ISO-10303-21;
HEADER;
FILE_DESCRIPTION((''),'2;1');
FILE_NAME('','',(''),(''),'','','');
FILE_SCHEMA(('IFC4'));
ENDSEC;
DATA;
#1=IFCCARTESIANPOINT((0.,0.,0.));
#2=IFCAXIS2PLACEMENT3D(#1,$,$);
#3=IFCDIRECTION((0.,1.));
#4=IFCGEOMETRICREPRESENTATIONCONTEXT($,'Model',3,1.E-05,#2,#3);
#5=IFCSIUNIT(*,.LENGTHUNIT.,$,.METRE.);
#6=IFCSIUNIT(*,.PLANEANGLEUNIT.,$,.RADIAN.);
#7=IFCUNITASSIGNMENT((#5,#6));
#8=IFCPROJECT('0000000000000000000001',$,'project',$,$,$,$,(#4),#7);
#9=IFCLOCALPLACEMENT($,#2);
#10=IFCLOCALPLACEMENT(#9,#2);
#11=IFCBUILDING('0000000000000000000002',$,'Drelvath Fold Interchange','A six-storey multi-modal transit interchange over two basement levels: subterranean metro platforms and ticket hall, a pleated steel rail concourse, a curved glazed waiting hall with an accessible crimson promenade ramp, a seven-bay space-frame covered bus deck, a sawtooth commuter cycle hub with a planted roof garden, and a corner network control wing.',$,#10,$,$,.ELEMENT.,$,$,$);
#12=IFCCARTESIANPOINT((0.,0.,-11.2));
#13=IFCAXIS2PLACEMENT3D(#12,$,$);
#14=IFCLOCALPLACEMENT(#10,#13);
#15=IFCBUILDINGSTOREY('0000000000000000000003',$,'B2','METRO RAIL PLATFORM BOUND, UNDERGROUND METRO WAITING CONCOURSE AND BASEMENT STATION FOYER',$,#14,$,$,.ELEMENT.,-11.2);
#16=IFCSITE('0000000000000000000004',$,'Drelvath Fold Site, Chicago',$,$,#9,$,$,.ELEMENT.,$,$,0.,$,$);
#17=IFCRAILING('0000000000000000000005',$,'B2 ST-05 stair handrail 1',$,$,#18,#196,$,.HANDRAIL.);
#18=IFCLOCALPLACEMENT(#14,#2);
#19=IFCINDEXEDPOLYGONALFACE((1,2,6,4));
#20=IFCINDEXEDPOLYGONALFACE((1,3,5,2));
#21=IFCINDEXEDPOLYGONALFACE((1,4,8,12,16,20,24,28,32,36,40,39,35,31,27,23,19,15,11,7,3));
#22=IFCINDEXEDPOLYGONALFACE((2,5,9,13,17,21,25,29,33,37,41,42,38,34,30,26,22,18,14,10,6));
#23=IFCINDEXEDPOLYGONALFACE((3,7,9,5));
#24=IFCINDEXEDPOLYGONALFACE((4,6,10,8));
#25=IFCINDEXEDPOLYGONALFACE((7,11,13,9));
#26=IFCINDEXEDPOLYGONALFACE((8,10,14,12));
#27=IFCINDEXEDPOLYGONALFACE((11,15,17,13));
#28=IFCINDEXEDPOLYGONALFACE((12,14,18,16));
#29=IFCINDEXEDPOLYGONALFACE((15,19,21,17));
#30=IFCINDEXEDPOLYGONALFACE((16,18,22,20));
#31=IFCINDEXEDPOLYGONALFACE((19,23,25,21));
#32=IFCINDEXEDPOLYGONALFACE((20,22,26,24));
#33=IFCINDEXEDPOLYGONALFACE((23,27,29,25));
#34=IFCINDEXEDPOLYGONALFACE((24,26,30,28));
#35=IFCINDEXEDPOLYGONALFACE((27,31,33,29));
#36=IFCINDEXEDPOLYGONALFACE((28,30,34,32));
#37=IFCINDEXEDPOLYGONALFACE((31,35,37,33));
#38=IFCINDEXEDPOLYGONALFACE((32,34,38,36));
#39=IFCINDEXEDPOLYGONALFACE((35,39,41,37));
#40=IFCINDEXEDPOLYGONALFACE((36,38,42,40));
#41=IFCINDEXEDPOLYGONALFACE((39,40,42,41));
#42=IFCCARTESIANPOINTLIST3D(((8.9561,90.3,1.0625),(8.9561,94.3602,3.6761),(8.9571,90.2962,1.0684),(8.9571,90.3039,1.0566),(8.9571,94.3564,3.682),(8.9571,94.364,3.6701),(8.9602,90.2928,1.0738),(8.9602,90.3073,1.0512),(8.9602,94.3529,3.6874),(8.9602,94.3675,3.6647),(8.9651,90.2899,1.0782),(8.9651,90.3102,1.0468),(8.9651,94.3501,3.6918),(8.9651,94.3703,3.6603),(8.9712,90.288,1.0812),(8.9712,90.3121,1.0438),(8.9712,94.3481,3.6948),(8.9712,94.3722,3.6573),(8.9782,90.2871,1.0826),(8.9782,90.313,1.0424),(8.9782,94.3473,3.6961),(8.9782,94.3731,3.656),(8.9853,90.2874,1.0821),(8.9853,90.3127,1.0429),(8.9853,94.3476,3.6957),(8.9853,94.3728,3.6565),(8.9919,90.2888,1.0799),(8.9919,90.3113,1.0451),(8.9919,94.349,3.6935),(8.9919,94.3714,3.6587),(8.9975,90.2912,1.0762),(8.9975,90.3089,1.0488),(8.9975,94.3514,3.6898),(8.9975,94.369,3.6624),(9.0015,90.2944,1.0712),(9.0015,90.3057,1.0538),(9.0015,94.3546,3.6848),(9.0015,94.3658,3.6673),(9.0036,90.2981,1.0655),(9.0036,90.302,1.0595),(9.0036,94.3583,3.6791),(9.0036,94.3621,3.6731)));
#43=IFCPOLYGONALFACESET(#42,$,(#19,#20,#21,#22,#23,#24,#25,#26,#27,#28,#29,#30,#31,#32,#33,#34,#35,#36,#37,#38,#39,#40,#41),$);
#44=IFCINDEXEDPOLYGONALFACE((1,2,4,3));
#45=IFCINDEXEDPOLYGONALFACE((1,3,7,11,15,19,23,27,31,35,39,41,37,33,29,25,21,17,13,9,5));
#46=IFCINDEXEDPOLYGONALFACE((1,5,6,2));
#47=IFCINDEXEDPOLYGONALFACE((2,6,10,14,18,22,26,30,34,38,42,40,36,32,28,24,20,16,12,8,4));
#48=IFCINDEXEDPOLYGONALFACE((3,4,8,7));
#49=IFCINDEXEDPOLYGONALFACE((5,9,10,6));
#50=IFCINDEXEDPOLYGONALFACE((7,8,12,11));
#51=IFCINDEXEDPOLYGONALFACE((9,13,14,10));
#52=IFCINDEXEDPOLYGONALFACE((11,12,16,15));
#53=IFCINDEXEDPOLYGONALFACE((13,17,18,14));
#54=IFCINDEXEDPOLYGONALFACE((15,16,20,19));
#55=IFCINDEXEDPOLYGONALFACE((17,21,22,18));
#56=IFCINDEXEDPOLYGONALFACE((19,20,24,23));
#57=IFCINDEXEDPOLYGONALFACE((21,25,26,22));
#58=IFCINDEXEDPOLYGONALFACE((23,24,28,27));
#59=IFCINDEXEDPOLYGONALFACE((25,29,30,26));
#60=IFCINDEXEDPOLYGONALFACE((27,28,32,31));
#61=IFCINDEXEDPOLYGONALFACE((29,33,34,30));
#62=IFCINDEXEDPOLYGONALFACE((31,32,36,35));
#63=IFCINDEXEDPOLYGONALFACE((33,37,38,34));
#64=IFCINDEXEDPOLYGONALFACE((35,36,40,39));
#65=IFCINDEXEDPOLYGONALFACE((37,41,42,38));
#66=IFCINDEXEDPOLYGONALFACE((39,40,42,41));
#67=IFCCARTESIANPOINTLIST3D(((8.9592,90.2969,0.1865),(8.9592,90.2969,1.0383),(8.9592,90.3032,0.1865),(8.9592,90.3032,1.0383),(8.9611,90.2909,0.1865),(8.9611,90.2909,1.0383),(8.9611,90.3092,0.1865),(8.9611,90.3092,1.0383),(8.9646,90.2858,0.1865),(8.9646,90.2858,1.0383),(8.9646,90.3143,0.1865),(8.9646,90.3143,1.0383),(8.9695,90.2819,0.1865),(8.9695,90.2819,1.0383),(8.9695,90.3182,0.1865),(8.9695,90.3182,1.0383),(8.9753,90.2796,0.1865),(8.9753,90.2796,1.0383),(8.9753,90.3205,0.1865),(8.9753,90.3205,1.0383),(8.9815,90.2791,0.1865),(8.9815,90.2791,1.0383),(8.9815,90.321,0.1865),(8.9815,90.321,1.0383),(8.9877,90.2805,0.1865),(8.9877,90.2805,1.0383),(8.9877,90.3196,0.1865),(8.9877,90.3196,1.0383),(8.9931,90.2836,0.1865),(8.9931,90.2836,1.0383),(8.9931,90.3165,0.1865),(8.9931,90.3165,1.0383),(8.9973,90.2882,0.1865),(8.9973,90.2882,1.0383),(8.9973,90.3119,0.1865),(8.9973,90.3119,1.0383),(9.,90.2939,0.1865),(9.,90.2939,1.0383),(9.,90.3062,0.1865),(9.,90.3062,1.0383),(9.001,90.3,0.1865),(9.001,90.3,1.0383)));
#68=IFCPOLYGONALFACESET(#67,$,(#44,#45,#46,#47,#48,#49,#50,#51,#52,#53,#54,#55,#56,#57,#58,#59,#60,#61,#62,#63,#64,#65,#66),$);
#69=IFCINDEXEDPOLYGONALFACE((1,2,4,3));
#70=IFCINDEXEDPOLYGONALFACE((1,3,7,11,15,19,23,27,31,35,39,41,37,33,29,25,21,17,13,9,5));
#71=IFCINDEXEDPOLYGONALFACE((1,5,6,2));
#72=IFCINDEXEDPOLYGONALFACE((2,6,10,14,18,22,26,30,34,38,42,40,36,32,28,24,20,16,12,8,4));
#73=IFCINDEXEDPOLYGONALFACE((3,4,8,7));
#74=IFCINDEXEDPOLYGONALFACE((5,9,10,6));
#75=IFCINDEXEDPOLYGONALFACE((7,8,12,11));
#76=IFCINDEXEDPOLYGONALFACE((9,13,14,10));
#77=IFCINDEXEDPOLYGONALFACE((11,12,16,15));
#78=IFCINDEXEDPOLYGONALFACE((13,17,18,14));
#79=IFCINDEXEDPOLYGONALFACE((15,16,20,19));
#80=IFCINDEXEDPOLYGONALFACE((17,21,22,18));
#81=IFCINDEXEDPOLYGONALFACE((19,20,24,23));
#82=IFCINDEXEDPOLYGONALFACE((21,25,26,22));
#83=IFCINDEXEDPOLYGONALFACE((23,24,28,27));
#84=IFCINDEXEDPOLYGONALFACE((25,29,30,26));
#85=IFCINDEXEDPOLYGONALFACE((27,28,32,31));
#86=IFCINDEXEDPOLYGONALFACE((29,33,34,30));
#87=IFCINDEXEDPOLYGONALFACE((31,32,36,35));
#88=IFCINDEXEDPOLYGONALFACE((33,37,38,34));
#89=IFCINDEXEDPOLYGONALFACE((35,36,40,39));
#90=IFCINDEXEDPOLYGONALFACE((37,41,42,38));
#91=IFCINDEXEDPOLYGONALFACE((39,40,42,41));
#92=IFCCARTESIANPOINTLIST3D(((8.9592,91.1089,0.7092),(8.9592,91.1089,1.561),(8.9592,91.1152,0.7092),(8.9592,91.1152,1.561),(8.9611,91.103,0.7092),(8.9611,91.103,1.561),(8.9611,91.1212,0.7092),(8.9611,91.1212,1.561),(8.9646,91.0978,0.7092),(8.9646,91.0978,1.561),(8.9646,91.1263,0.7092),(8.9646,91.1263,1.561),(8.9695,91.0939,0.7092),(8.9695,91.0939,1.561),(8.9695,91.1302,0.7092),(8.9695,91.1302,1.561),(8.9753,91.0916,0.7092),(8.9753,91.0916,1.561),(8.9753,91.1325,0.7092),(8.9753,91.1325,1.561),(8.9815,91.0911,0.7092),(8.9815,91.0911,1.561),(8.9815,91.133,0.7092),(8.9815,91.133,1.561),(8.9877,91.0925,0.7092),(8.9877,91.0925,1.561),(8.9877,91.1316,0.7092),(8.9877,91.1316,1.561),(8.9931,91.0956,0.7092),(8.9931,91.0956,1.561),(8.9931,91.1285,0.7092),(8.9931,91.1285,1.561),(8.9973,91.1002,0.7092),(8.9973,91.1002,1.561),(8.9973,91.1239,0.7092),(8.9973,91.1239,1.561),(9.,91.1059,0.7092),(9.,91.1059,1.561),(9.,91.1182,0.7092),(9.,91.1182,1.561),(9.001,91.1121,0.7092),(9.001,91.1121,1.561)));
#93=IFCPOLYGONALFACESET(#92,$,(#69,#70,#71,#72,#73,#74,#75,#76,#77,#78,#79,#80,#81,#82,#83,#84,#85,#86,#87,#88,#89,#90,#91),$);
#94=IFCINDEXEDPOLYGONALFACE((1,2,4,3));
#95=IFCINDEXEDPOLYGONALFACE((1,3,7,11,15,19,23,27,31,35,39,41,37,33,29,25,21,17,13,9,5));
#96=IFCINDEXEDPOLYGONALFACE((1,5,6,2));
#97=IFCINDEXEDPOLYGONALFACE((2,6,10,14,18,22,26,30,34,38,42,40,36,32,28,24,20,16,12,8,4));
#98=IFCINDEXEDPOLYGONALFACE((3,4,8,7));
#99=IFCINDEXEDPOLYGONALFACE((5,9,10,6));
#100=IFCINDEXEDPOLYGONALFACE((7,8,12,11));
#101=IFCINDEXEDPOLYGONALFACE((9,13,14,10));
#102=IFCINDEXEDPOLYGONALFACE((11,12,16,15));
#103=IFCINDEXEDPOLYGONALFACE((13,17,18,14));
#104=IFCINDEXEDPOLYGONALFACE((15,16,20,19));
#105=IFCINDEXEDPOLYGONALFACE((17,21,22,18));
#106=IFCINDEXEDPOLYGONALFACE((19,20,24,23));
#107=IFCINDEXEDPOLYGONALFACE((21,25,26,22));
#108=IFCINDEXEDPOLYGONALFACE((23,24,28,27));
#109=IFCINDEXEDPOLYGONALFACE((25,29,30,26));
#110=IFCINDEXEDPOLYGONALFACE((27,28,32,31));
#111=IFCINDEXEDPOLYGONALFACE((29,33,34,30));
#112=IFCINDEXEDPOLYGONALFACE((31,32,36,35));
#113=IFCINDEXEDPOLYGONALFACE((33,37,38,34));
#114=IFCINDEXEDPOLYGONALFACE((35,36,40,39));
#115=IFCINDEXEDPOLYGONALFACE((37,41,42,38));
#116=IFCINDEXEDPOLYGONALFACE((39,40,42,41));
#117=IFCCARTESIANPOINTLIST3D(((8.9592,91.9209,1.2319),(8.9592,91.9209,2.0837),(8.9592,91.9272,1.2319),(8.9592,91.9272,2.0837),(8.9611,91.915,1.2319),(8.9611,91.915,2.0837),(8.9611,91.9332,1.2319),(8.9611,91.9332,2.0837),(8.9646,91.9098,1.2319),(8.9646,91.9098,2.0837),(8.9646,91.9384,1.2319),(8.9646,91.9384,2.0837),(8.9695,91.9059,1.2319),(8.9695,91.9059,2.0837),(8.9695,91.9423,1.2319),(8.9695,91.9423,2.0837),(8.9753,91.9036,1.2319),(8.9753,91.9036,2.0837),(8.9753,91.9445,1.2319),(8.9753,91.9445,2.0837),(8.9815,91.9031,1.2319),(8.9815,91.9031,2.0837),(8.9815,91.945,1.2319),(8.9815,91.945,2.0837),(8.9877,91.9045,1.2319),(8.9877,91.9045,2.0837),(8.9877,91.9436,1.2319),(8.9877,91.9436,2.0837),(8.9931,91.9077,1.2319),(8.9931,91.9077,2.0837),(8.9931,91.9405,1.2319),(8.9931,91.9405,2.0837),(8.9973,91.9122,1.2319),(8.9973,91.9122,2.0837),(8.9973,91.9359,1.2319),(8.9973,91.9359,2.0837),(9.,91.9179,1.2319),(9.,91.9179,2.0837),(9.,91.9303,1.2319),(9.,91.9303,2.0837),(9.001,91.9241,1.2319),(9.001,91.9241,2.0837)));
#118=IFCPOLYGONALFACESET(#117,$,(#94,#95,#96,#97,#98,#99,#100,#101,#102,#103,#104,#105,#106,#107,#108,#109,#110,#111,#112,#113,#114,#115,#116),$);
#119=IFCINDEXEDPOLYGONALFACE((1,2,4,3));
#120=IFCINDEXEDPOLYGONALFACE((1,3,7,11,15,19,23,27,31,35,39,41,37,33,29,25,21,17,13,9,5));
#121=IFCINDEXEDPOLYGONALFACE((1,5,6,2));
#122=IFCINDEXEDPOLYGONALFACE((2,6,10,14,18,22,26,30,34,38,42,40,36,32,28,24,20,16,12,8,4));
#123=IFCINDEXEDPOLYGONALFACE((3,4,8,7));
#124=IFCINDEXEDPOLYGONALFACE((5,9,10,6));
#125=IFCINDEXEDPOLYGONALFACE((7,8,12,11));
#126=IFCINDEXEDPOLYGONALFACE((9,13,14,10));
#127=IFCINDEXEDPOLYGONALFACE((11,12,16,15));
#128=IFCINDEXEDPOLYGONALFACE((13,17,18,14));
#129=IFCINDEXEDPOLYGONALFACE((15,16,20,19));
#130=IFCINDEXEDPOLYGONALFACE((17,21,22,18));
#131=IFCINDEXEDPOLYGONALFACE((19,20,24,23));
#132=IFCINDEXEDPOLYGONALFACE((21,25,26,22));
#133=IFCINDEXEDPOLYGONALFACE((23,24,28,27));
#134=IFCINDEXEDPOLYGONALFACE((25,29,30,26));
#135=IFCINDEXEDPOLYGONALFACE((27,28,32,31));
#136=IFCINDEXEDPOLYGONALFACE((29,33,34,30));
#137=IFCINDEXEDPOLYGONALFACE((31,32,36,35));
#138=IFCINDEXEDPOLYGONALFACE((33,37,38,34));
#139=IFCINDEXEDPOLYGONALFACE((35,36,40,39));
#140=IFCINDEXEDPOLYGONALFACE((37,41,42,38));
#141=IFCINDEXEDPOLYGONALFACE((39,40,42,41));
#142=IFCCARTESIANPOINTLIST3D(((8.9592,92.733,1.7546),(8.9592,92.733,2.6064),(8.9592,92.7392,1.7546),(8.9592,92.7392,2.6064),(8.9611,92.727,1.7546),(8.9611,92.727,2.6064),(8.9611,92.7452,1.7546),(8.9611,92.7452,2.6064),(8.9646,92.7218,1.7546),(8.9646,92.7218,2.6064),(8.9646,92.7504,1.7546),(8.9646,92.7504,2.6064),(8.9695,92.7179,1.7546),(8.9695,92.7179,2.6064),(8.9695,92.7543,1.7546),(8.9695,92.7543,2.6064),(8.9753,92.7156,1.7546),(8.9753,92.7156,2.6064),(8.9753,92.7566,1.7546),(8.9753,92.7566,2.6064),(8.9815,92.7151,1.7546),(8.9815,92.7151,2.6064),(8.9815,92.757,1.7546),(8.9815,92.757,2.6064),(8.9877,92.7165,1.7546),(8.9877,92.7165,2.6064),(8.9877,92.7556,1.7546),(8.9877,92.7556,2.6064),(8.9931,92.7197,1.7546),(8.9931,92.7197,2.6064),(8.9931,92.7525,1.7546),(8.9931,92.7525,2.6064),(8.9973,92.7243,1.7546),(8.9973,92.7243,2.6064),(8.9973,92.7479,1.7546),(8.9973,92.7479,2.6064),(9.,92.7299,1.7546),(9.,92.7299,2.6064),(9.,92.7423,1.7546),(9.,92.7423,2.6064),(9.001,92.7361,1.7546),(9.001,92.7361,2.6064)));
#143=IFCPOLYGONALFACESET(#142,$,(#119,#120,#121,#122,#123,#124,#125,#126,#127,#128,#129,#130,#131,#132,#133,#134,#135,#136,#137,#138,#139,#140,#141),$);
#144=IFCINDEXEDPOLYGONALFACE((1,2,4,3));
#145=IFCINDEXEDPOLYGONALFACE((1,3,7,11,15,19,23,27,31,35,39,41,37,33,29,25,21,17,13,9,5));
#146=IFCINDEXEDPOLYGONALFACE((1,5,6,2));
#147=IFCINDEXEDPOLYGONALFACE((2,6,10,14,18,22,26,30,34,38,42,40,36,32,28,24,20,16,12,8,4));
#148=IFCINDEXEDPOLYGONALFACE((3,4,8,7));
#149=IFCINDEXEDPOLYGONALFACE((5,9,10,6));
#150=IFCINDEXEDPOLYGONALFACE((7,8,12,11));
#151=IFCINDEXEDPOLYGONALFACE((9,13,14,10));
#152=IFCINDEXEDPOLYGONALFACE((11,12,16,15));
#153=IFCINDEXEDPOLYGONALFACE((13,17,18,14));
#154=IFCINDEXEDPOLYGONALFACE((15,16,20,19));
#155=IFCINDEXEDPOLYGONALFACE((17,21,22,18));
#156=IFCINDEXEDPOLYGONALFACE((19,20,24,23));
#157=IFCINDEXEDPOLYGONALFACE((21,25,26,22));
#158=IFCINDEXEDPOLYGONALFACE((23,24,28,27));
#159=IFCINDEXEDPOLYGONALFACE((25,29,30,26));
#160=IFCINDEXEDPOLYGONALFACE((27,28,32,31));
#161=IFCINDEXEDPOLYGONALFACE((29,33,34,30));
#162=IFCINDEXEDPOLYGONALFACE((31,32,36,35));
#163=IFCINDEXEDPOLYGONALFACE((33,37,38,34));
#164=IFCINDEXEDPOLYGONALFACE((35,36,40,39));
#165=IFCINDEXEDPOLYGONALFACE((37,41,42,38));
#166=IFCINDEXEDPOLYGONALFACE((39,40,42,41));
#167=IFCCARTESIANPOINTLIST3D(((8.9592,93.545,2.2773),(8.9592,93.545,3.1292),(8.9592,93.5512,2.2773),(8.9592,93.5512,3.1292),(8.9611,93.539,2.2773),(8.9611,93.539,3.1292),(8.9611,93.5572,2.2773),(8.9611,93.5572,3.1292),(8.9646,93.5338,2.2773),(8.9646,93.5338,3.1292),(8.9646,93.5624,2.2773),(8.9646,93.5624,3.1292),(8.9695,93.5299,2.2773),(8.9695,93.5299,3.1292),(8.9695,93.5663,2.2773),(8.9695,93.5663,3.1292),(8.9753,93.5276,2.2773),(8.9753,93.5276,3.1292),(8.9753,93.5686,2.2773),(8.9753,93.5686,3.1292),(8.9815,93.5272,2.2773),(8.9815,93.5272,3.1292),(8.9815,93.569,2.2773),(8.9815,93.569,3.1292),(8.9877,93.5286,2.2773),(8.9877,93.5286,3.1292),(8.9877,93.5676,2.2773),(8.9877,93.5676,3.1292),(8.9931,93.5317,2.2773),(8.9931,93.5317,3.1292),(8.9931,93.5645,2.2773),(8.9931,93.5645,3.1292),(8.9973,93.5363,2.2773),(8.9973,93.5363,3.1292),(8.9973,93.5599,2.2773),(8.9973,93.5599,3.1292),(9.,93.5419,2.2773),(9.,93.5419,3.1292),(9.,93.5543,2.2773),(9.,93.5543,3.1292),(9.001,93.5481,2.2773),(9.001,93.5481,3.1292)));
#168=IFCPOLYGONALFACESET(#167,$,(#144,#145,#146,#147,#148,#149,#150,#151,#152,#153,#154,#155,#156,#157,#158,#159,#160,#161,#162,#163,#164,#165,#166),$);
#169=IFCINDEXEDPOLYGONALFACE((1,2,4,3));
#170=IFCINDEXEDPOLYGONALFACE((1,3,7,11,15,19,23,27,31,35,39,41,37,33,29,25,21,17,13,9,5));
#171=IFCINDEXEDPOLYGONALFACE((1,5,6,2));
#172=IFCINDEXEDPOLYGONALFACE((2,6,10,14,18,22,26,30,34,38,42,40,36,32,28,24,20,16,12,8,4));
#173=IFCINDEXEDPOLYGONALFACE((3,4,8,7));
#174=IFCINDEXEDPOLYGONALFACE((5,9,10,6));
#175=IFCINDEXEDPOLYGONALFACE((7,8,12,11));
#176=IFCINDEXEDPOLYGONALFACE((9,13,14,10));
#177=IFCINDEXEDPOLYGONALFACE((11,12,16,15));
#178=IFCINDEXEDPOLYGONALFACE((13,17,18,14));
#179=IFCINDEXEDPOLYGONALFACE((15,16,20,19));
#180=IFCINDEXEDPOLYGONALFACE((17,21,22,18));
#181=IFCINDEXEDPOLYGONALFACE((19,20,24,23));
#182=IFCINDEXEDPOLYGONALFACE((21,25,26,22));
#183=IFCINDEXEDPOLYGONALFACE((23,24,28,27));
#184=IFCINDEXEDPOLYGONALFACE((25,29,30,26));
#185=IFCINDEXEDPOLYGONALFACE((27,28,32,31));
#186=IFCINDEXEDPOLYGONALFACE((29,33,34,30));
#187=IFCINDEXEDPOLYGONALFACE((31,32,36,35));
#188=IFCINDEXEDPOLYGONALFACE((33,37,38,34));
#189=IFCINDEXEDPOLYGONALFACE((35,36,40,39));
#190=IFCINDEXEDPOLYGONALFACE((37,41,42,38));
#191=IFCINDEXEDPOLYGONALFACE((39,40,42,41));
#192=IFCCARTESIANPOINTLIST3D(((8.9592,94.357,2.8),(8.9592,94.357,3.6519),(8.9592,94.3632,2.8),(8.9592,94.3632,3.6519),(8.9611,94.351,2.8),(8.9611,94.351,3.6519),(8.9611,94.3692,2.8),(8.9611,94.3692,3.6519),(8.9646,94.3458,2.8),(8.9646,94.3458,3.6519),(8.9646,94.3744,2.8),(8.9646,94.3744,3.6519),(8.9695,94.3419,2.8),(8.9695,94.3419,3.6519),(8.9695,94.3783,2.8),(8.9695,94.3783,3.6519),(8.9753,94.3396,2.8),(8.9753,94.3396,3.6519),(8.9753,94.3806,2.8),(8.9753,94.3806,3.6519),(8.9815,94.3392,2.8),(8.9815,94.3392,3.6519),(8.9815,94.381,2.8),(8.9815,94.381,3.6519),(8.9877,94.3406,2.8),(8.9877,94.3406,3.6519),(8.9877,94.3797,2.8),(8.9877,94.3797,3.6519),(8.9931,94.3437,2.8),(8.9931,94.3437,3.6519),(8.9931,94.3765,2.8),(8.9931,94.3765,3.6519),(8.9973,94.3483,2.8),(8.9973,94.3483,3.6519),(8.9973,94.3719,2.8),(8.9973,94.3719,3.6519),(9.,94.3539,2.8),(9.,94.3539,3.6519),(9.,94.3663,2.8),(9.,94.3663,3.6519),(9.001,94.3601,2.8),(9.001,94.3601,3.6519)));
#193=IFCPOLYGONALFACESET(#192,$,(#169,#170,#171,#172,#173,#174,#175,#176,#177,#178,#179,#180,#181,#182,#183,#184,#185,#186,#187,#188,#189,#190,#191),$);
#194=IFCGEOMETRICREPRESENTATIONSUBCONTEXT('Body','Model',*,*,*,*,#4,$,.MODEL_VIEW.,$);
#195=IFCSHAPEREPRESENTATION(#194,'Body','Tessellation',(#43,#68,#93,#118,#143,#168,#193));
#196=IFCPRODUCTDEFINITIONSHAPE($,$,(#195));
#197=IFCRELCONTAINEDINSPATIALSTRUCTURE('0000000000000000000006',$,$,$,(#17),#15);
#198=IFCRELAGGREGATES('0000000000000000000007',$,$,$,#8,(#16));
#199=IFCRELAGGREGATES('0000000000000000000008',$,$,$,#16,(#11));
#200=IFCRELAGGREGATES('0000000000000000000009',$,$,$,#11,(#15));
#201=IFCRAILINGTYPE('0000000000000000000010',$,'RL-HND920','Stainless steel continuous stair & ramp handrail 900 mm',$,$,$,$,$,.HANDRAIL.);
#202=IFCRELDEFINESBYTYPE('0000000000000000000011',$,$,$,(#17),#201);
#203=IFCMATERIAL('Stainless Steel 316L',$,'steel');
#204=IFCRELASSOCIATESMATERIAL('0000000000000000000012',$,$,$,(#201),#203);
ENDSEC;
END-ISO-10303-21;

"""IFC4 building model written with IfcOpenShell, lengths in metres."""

from ifc_helpers import new_model, si_unit, direction, frame, origin, origin_2d, place, context, subcontext, project, spatial, circle, extrude, material, type_object, element, save


model = new_model("IFC4")

# Units and contexts
model_context = context("Model", 3, precision=1e-05, world=origin(), true_north=direction((0.0, 1.0)))
body_context = subcontext(model_context, "Body", "Model", "MODEL_VIEW")
ifc_project = project(units=[si_unit("LENGTHUNIT", "METRE"), si_unit("PLANEANGLEUNIT", "RADIAN")], contexts=[model_context])

# Site, building, storey
site_placement = place(None, origin())
site = spatial("IfcSite", under=ifc_project, at=site_placement, Name="Drelvath Fold Site, Chicago", CompositionType="ELEMENT", RefElevation=0.0)
building_placement = place(site_placement, origin())
building = spatial("IfcBuilding", under=site, at=building_placement, Name="Drelvath Fold Interchange", Description="A six-storey multi-modal transit interchange over two basement levels: subterranean metro platforms and ticket hall, a pleated steel rail concourse, a curved glazed waiting hall with an accessible crimson promenade ramp, a seven-bay space-frame covered bus deck, a sawtooth commuter cycle hub with a planted roof garden, and a corner network control wing.", CompositionType="ELEMENT")
storey_placement = place(building_placement, frame((0.0, 0.0, -11.2)))
storey = spatial("IfcBuildingStorey", under=building, at=storey_placement, Name="B2", Description="METRO RAIL PLATFORM BOUND, UNDERGROUND METRO WAITING CONCOURSE AND BASEMENT STATION FOYER", CompositionType="ELEMENT", Elevation=-11.2)

# Railing
ifc_material_1 = material(Name="Stainless Steel 316L", Category="steel")
railing_type_1 = type_object("IfcRailingType", Name="RL-HND920", Description="Stainless steel continuous stair & ramp handrail 900 mm", PredefinedType="HANDRAIL", material=ifc_material_1)
railing_1_placement = place(storey_placement, frame((8.98, 90.3, 0.1865)))
element("IfcRailing", 1, at=railing_1_placement, inside=storey, type_object=railing_type_1, Name="B2 ST-05 stair handrail 1", PredefinedType="HANDRAIL", context=body_context, shape_type="SweptSolid", body=[
    extrude(circle(Radius=0.0239, at=origin_2d()), frame((0.0, 0.0, 0.876), z_axis=(0.0, 0.84085, 0.541269), x_axis=(-1.0, 0.0, 0.0)), (0.0, 0.0, 1.0), 4.8286),
    extrude(circle(Radius=0.021, at=origin_2d()), origin(), (0.0, 0.0, 1.0), 0.8518),
    extrude(circle(Radius=0.021, at=origin_2d()), frame((0.0, 0.812, 0.5227)), (0.0, 0.0, 1.0), 0.8518),
    extrude(circle(Radius=0.021, at=origin_2d()), frame((0.0, 1.624, 1.0454)), (0.0, 0.0, 1.0), 0.8518),
    extrude(circle(Radius=0.021, at=origin_2d()), frame((0.0, 2.436, 1.5681)), (0.0, 0.0, 1.0), 0.8518),
    extrude(circle(Radius=0.021, at=origin_2d()), frame((0.0, 3.248, 2.0908)), (0.0, 0.0, 1.0), 0.8518),
    extrude(circle(Radius=0.021, at=origin_2d()), frame((0.0, 4.0601, 2.6135)), (0.0, 0.0, 1.0), 0.8518),
])

save(model, "model.ifc")
